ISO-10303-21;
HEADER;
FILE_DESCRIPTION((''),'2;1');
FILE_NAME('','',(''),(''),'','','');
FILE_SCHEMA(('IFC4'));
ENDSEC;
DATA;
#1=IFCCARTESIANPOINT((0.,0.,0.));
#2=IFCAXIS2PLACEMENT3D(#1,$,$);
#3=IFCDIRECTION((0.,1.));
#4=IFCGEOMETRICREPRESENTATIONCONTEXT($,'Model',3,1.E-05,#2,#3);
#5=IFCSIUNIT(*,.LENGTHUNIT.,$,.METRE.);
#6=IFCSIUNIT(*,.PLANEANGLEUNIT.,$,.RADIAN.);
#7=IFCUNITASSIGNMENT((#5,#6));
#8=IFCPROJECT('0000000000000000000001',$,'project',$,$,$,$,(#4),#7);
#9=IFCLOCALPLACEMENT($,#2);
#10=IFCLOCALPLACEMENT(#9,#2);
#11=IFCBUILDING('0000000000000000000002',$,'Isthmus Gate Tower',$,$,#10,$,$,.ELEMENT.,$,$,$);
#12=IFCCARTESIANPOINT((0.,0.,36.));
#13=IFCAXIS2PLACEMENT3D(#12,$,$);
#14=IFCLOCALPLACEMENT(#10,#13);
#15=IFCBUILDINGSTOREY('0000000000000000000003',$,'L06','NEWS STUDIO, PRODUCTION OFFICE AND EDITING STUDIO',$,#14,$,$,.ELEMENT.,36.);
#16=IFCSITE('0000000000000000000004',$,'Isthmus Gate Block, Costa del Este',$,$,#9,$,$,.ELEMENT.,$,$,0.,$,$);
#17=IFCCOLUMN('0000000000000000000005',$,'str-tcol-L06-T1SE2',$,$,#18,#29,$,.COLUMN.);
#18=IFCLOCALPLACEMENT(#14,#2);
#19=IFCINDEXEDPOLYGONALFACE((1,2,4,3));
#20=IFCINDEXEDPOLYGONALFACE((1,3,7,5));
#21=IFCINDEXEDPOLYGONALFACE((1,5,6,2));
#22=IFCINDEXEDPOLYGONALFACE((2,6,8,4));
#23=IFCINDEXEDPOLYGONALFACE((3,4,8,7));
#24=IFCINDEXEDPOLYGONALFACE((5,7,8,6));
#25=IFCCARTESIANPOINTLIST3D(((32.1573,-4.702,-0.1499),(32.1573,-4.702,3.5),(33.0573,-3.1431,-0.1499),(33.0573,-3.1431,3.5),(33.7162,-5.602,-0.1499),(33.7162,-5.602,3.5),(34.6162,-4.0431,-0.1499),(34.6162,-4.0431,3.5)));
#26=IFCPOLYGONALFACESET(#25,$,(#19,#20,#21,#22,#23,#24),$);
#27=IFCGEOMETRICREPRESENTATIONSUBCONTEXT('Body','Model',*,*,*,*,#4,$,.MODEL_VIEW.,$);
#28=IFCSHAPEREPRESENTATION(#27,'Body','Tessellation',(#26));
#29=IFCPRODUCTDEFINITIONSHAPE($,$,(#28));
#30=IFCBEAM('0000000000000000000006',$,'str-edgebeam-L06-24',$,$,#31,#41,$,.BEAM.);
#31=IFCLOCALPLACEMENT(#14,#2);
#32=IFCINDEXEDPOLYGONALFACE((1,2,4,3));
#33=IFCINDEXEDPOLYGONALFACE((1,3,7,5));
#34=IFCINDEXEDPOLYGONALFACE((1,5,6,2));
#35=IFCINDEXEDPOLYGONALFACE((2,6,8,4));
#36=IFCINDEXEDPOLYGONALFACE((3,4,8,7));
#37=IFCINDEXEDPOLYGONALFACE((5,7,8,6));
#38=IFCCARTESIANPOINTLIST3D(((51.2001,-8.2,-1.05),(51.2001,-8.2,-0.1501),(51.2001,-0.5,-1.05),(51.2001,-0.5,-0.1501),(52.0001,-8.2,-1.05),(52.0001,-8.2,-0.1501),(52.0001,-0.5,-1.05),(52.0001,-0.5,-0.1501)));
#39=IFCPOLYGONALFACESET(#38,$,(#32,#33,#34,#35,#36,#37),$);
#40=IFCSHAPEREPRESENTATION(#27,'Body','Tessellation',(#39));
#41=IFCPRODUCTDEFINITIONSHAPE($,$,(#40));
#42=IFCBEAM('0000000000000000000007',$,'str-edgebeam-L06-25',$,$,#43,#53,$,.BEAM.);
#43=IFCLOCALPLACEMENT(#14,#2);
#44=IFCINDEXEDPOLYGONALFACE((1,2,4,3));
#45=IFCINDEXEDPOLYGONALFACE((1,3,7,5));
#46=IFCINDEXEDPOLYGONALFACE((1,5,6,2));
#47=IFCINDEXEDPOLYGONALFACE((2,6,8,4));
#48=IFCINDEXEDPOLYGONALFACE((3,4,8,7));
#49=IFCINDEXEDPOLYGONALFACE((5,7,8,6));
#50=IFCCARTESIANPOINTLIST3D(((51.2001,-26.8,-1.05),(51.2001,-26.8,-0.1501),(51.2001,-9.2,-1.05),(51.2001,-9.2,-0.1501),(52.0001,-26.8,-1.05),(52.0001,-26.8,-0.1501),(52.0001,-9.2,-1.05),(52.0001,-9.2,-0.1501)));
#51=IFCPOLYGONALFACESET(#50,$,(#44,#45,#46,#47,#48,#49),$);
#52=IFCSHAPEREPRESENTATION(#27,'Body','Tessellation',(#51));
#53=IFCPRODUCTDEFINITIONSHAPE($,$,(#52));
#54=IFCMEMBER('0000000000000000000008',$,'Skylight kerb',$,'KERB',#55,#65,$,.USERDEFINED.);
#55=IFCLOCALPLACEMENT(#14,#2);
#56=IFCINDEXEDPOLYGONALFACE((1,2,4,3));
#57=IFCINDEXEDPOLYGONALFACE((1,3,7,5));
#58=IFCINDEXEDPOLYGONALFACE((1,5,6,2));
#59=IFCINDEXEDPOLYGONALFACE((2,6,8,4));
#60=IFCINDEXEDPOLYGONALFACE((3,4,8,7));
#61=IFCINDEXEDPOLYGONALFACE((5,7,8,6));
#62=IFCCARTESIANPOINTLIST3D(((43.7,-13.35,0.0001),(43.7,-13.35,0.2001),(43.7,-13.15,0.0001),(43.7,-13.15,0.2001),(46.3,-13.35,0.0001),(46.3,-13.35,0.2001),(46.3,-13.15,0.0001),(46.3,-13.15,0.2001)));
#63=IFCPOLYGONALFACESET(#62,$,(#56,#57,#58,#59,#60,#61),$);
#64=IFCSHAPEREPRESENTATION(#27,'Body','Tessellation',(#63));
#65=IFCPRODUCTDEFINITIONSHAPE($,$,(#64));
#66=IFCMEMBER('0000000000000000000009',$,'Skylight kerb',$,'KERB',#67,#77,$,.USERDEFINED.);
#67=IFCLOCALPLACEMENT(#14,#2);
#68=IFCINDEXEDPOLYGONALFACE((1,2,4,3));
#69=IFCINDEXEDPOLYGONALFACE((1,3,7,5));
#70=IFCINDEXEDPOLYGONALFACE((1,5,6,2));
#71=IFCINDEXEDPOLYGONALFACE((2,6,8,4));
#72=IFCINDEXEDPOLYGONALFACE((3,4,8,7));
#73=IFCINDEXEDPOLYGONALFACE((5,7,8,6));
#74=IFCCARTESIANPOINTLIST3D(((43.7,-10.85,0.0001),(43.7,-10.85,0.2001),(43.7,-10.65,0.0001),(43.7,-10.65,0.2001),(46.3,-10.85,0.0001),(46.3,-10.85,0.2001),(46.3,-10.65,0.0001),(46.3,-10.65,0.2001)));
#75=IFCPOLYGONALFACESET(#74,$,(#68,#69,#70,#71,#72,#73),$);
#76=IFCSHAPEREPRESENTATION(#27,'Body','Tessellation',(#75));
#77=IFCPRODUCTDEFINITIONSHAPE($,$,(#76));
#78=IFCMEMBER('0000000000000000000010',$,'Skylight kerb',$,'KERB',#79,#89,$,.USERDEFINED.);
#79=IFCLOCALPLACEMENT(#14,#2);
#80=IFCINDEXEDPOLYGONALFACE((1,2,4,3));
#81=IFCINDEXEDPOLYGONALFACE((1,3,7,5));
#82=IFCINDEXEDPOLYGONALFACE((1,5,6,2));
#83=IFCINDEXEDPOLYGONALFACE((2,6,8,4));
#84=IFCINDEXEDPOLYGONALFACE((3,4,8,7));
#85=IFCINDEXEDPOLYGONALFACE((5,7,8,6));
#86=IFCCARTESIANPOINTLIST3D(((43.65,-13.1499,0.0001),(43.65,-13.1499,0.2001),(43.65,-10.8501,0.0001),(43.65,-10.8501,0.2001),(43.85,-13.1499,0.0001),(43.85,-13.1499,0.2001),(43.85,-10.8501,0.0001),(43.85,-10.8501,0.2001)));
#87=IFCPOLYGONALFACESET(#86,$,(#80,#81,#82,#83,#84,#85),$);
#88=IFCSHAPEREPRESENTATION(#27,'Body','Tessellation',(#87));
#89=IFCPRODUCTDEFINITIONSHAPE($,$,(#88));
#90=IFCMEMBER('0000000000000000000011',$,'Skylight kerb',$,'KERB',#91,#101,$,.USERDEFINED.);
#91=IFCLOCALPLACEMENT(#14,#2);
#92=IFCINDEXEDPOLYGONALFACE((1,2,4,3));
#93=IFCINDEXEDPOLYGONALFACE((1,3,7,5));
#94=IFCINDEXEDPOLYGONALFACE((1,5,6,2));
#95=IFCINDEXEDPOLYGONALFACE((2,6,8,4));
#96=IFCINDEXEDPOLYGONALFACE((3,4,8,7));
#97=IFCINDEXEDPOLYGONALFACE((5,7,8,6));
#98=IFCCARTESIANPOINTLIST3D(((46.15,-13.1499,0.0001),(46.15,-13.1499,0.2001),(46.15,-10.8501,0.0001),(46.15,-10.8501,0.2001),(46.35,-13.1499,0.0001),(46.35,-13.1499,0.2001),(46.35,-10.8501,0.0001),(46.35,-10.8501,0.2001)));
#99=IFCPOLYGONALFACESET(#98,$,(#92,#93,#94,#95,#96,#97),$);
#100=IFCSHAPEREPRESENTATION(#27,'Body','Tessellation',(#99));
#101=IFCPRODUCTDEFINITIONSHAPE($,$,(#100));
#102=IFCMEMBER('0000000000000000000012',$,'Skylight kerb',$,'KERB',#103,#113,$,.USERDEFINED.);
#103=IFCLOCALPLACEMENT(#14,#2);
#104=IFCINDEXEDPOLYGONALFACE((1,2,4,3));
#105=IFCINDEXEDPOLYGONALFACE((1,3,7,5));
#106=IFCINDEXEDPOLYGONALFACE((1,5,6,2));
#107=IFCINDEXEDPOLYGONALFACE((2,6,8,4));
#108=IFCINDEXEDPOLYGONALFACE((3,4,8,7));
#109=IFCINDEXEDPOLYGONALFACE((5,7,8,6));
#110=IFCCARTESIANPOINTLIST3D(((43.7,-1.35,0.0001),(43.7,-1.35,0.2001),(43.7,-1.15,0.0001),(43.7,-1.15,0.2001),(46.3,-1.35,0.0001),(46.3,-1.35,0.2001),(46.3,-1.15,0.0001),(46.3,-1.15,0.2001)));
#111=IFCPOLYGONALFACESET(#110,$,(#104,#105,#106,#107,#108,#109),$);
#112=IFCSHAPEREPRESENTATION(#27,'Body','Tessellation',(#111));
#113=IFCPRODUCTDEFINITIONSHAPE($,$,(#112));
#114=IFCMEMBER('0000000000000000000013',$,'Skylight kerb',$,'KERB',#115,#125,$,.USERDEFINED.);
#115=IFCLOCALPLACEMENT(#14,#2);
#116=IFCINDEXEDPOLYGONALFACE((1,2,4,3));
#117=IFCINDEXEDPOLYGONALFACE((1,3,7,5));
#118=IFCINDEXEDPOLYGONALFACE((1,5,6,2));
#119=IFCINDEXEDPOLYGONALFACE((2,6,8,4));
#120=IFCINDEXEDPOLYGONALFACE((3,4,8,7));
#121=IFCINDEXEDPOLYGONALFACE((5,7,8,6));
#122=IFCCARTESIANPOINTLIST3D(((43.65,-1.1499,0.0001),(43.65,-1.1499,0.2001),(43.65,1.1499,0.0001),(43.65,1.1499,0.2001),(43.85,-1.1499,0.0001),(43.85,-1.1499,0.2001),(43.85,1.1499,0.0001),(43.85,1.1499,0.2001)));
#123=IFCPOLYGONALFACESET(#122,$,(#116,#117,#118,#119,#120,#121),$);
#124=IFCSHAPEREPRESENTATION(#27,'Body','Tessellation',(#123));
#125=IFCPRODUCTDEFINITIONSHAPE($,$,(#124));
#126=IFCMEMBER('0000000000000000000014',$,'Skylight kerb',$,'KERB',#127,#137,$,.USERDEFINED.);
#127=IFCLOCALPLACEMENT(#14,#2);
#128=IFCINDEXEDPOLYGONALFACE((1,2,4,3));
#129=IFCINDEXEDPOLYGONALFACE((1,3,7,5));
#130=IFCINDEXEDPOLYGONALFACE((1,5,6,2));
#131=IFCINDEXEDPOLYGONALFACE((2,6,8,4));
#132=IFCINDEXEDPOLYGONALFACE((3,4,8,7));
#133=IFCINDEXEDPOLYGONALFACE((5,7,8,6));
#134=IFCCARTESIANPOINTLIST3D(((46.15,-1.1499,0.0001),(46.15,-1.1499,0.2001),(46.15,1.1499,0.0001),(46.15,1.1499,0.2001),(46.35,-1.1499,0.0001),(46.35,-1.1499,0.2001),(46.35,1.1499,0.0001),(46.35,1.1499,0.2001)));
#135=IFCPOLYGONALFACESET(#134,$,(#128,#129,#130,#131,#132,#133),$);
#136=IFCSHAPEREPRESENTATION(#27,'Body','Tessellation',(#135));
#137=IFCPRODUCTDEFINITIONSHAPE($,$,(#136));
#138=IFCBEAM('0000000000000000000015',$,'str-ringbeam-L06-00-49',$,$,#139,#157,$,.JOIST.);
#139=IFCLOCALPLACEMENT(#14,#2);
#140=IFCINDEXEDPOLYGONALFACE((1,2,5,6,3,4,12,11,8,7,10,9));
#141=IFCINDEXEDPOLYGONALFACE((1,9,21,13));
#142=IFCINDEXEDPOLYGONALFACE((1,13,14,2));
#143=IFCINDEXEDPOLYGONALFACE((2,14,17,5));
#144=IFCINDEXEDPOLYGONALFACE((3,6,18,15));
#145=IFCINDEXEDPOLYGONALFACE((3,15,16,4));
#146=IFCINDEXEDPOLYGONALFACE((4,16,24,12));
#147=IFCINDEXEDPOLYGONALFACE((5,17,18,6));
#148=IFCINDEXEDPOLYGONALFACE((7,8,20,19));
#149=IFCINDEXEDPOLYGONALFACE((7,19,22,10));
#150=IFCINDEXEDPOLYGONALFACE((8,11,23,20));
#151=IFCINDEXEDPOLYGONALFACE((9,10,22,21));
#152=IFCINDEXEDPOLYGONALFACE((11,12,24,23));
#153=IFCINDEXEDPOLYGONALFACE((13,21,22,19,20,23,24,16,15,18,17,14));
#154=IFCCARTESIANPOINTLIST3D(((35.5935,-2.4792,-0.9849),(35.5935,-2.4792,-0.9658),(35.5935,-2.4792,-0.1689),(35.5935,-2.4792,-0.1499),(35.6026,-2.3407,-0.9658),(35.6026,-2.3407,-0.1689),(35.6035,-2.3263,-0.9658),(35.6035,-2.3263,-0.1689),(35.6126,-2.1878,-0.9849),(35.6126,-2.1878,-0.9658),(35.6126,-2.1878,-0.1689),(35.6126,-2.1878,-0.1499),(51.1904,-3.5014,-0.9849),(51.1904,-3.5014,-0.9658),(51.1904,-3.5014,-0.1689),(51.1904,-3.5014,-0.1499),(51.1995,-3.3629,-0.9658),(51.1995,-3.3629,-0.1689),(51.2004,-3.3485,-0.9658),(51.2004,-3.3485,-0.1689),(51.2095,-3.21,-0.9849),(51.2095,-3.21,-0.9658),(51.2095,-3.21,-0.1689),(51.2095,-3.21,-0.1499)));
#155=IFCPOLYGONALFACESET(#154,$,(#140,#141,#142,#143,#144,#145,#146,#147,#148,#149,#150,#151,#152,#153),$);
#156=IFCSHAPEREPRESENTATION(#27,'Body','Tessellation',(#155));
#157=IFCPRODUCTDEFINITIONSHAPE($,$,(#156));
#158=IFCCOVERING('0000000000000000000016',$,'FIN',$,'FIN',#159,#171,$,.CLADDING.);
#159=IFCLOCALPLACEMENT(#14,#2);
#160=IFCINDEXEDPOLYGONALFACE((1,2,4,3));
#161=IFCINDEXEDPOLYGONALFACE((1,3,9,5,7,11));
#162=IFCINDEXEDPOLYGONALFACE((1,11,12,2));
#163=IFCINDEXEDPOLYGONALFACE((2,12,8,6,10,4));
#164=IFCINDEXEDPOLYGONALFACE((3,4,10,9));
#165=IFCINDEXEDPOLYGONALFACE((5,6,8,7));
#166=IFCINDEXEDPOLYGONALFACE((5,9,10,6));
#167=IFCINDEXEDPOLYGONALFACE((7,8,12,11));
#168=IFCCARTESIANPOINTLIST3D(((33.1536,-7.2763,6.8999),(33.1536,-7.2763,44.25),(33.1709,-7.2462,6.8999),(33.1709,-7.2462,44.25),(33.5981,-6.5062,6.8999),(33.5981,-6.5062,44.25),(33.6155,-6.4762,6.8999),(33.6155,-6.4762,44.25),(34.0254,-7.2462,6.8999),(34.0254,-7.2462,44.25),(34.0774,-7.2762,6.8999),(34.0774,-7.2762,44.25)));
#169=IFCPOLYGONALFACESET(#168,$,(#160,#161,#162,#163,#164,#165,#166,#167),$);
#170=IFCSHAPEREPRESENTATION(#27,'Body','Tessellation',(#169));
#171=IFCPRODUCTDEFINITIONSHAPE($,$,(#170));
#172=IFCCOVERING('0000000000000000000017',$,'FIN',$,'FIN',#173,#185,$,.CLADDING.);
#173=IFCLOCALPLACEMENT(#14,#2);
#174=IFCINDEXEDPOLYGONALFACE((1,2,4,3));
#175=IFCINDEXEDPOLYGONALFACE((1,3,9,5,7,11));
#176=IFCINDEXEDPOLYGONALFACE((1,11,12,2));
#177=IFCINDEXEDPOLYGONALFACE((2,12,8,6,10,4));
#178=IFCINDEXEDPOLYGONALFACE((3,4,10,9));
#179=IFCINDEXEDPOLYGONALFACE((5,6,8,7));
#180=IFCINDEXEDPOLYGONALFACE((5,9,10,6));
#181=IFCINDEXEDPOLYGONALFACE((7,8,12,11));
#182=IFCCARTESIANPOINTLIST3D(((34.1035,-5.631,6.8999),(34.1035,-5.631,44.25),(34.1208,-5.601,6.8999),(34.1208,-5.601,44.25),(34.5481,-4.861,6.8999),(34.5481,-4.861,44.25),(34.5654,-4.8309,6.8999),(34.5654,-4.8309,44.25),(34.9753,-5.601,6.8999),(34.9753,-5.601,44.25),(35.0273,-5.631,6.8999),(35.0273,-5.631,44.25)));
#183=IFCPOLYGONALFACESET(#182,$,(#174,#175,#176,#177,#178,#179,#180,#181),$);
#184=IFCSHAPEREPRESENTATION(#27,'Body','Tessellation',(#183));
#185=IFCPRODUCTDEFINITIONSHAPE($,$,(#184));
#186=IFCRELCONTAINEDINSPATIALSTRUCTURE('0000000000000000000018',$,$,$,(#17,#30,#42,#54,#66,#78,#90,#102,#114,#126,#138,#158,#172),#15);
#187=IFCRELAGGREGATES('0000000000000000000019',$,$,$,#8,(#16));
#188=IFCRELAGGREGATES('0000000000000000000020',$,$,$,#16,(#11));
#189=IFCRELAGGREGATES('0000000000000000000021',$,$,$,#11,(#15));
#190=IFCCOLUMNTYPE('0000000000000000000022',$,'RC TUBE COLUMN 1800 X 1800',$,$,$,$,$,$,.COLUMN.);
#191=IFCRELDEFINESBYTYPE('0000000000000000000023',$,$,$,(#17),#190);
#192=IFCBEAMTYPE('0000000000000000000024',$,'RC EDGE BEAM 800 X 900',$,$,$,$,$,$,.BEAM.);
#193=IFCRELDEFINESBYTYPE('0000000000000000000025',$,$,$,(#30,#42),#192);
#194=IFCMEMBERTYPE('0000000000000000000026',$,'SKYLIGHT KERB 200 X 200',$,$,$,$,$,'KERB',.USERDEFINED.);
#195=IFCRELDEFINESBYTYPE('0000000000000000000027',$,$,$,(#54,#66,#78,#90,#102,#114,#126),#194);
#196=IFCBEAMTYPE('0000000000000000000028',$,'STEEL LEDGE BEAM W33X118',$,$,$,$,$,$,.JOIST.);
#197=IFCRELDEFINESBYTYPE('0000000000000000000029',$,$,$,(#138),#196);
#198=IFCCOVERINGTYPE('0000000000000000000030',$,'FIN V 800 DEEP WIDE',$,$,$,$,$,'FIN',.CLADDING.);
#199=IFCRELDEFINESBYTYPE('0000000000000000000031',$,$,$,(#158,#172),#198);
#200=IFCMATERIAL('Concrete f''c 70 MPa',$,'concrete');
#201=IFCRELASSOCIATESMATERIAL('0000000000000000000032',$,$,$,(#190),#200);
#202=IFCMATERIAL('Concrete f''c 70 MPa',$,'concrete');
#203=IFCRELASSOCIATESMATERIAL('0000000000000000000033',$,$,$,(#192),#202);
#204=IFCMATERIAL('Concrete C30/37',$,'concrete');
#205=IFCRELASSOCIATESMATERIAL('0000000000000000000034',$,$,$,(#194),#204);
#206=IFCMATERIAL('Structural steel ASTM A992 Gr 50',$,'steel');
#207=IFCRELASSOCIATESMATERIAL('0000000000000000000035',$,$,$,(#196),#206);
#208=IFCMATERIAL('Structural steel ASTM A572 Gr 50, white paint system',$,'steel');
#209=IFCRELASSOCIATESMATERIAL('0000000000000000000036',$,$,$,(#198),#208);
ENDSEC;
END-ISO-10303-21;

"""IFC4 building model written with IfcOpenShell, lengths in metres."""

from ifc_helpers import new_model, si_unit, direction, frame, origin, origin_2d, place, context, subcontext, project, spatial, polyline, rectangle, i_section, outline, extrude, material, material_profile, profile_set, type_object, element, save


model = new_model("IFC4")

# Units and contexts
model_context = context("Model", 3, precision=1e-05, world=origin(), true_north=direction((0.0, 1.0)))
body_context = subcontext(model_context, "Body", "Model", "MODEL_VIEW")
ifc_project = project(units=[si_unit("LENGTHUNIT", "METRE"), si_unit("PLANEANGLEUNIT", "RADIAN")], contexts=[model_context])

# Site, building, storey
site_placement = place(None, origin())
site = spatial("IfcSite", under=ifc_project, at=site_placement, Name="Isthmus Gate Block, Costa del Este", CompositionType="ELEMENT", RefElevation=0.0)
building_placement = place(site_placement, origin())
building = spatial("IfcBuilding", under=site, at=building_placement, Name="Isthmus Gate Tower", CompositionType="ELEMENT")
storey_placement = place(building_placement, frame((0.0, 0.0, 36.0)))
storey = spatial("IfcBuildingStorey", under=building, at=storey_placement, Name="L06", Description="NEWS STUDIO, PRODUCTION OFFICE AND EDITING STUDIO", CompositionType="ELEMENT", Elevation=36.0)

# Column
ifc_material_1 = material(Name="Concrete f'c 70 MPa", Category="concrete")
ifc_material_profile_1 = material_profile(ifc_material_1, rectangle(XDim=1.8, YDim=1.8, at=origin_2d()), Name="RC 1800X1800")
ifc_profile_set_1 = profile_set([ifc_material_profile_1], Name="Concrete f'c 70 MPa")
column_type = type_object("IfcColumnType", Name="RC TUBE COLUMN 1800 X 1800", PredefinedType="COLUMN", material=ifc_profile_set_1)
column_placement = place(storey_placement, frame((33.3867, -4.3726, -0.1499), z_axis=(0.0, 0.0, 1.0), x_axis=(0.5, 0.866025, 0.0)))
element("IfcColumn", 1, at=column_placement, inside=storey, type_object=column_type, Name="str-tcol-L06-T1SE2", PredefinedType="COLUMN", context=body_context, shape_type="SweptSolid", body=[
    extrude(rectangle(XDim=1.8, YDim=1.8, at=origin_2d()), origin(), (0.0, 0.0, 1.0), 3.6499),
])

# Beams
ifc_material_2 = material(Name="Concrete f'c 70 MPa", Category="concrete")
ifc_material_profile_2 = material_profile(ifc_material_2, rectangle(XDim=0.8, YDim=0.8999, at=origin_2d()), Name="RC 800X900")
ifc_profile_set_2 = profile_set([ifc_material_profile_2], Name="Concrete f'c 70 MPa")
beam_type_1 = type_object("IfcBeamType", Name="RC EDGE BEAM 800 X 900", PredefinedType="BEAM", material=ifc_profile_set_2)
beam_1_placement = place(storey_placement, frame((51.6001, -0.5, -0.6001), z_axis=(0.0, -1.0, 0.0), x_axis=(1.0, 0.0, 0.0)))
element("IfcBeam", 2, at=beam_1_placement, inside=storey, type_object=beam_type_1, Name="str-edgebeam-L06-24", PredefinedType="BEAM", context=body_context, shape_type="SweptSolid", body=[
    extrude(rectangle(XDim=0.8, YDim=0.8999, at=origin_2d()), origin(), (0.0, 0.0, 1.0), 7.7),
])
beam_2_placement = place(storey_placement, frame((51.6001, -9.2, -0.6001), z_axis=(0.0, -1.0, 0.0), x_axis=(1.0, 0.0, 0.0)))
element("IfcBeam", 3, at=beam_2_placement, inside=storey, type_object=beam_type_1, Name="str-edgebeam-L06-25", PredefinedType="BEAM", context=body_context, shape_type="SweptSolid", body=[
    extrude(rectangle(XDim=0.8, YDim=0.8999, at=origin_2d()), origin(), (0.0, 0.0, 1.0), 17.6001),
])

# Members
ifc_material_3 = material(Name="Concrete C30/37", Category="concrete")
ifc_material_profile_3 = material_profile(ifc_material_3, rectangle(XDim=0.2, YDim=0.2, at=origin_2d()), Name="200x200")
ifc_profile_set_3 = profile_set([ifc_material_profile_3], Name="Concrete C30/37")
member_type = type_object("IfcMemberType", Name="SKYLIGHT KERB 200 X 200", ElementType="KERB", PredefinedType="USERDEFINED", material=ifc_profile_set_3)
for number, where, z_axis, x_axis, name in (
    (4, (43.7, -13.25, 0.1001), (1.0, 0.0, 0.0), (0.0, 1.0, 0.0), "Skylight kerb"),
    (5, (43.7, -10.75, 0.1001), (1.0, 0.0, 0.0), (0.0, 1.0, 0.0), "Skylight kerb"),
):
    element("IfcMember", number, at=place(storey_placement, frame(where, z_axis=z_axis, x_axis=x_axis)), inside=storey, type_object=member_type, Name=name, ObjectType="KERB", PredefinedType="USERDEFINED", context=body_context, shape_type="SweptSolid", body=[
        extrude(rectangle(XDim=0.2, YDim=0.2, at=origin_2d()), origin(), (0.0, 0.0, 1.0), 2.6001),
    ])
for number, where, z_axis, x_axis, name in (
    (6, (43.75, -13.1499, 0.1001), (0.0, 1.0, 0.0), (-1.0, 0.0, 0.0), "Skylight kerb"),
    (7, (46.25, -13.1499, 0.1001), (0.0, 1.0, 0.0), (-1.0, 0.0, 0.0), "Skylight kerb"),
):
    element("IfcMember", number, at=place(storey_placement, frame(where, z_axis=z_axis, x_axis=x_axis)), inside=storey, type_object=member_type, Name=name, ObjectType="KERB", PredefinedType="USERDEFINED", context=body_context, shape_type="SweptSolid", body=[
        extrude(rectangle(XDim=0.2, YDim=0.2, at=origin_2d()), origin(), (0.0, 0.0, 1.0), 2.2998),
    ])
member_placement = place(storey_placement, frame((43.7, -1.25, 0.1001), z_axis=(1.0, 0.0, 0.0), x_axis=(0.0, 1.0, 0.0)))
element("IfcMember", 8, at=member_placement, inside=storey, type_object=member_type, Name="Skylight kerb", ObjectType="KERB", PredefinedType="USERDEFINED", context=body_context, shape_type="SweptSolid", body=[
    extrude(rectangle(XDim=0.2, YDim=0.2, at=origin_2d()), origin(), (0.0, 0.0, 1.0), 2.6001),
])
for number, where, z_axis, x_axis, name in (
    (9, (43.75, -1.1499, 0.1001), (0.0, 1.0, 0.0), (-1.0, 0.0, 0.0), "Skylight kerb"),
    (10, (46.25, -1.1499, 0.1001), (0.0, 1.0, 0.0), (-1.0, 0.0, 0.0), "Skylight kerb"),
):
    element("IfcMember", number, at=place(storey_placement, frame(where, z_axis=z_axis, x_axis=x_axis)), inside=storey, type_object=member_type, Name=name, ObjectType="KERB", PredefinedType="USERDEFINED", context=body_context, shape_type="SweptSolid", body=[
        extrude(rectangle(XDim=0.2, YDim=0.2, at=origin_2d()), origin(), (0.0, 0.0, 1.0), 2.2998),
    ])

# Beam
ifc_material_4 = material(Name="Structural steel ASTM A992 Gr 50", Category="steel")
ifc_material_profile_4 = material_profile(ifc_material_4, i_section(OverallWidth=0.292, OverallDepth=0.835, WebThickness=0.0144, FlangeThickness=0.019, at=origin_2d()), Name="W33X118")
ifc_profile_set_4 = profile_set([ifc_material_profile_4], Name="Structural steel ASTM A992 Gr 50")
beam_type_2 = type_object("IfcBeamType", Name="STEEL LEDGE BEAM W33X118", PredefinedType="JOIST", material=ifc_profile_set_4)
beam_3_placement = place(storey_placement, frame((35.603, -2.3335, -0.5674), z_axis=(0.997859, -0.065399, 0.0), x_axis=(0.065399, 0.997859, 0.0)))
element("IfcBeam", 11, at=beam_3_placement, inside=storey, type_object=beam_type_2, Name="str-ringbeam-L06-00-49", PredefinedType="JOIST", context=body_context, shape_type="SweptSolid", body=[
    extrude(i_section(OverallWidth=0.292, OverallDepth=0.835, WebThickness=0.0144, FlangeThickness=0.019, at=origin_2d()), origin(), (0.0, 0.0, 1.0), 15.6304),
])

# Coverings
ifc_material_5 = material(Name="Structural steel ASTM A572 Gr 50, white paint system", Category="steel")
ifc_material_profile_5 = material_profile(ifc_material_5, outline(polyline([(0.0, -0.4619), (0.8, 0.0), (0.0, 0.4619), (0.0, 0.4272), (0.74, 0.0), (0.0, -0.4272), (0.0, -0.4619)])), Name="V800W")
ifc_profile_set_5 = profile_set([ifc_material_profile_5], Name="Structural steel ASTM A572 Gr 50, white paint system")
covering_type = type_object("IfcCoveringType", Name="FIN V 800 DEEP WIDE", ElementType="FIN", PredefinedType="CLADDING", material=ifc_profile_set_5)
for number, where, z_axis, x_axis, name in (
    (12, (33.3845, -6.8762, 6.8999), (0.0, 0.0, 1.0), (0.866025, -0.5, 0.0), "FIN"),
    (13, (34.3345, -5.231, 6.8999), (0.0, 0.0, 1.0), (0.866025, -0.5, 0.0), "FIN"),
):
    element("IfcCovering", number, at=place(storey_placement, frame(where, z_axis=z_axis, x_axis=x_axis)), inside=storey, type_object=covering_type, Name=name, ObjectType="FIN", PredefinedType="CLADDING", context=body_context, shape_type="SweptSolid", body=[
        extrude(outline(polyline([(0.0, -0.4619), (0.8, 0.0), (0.0, 0.4619), (0.0, 0.4272), (0.74, 0.0), (0.0, -0.4272), (0.0, -0.4619)])), origin(), (0.0, 0.0, 1.0), 37.3501),
    ])

save(model, "model.ifc")
